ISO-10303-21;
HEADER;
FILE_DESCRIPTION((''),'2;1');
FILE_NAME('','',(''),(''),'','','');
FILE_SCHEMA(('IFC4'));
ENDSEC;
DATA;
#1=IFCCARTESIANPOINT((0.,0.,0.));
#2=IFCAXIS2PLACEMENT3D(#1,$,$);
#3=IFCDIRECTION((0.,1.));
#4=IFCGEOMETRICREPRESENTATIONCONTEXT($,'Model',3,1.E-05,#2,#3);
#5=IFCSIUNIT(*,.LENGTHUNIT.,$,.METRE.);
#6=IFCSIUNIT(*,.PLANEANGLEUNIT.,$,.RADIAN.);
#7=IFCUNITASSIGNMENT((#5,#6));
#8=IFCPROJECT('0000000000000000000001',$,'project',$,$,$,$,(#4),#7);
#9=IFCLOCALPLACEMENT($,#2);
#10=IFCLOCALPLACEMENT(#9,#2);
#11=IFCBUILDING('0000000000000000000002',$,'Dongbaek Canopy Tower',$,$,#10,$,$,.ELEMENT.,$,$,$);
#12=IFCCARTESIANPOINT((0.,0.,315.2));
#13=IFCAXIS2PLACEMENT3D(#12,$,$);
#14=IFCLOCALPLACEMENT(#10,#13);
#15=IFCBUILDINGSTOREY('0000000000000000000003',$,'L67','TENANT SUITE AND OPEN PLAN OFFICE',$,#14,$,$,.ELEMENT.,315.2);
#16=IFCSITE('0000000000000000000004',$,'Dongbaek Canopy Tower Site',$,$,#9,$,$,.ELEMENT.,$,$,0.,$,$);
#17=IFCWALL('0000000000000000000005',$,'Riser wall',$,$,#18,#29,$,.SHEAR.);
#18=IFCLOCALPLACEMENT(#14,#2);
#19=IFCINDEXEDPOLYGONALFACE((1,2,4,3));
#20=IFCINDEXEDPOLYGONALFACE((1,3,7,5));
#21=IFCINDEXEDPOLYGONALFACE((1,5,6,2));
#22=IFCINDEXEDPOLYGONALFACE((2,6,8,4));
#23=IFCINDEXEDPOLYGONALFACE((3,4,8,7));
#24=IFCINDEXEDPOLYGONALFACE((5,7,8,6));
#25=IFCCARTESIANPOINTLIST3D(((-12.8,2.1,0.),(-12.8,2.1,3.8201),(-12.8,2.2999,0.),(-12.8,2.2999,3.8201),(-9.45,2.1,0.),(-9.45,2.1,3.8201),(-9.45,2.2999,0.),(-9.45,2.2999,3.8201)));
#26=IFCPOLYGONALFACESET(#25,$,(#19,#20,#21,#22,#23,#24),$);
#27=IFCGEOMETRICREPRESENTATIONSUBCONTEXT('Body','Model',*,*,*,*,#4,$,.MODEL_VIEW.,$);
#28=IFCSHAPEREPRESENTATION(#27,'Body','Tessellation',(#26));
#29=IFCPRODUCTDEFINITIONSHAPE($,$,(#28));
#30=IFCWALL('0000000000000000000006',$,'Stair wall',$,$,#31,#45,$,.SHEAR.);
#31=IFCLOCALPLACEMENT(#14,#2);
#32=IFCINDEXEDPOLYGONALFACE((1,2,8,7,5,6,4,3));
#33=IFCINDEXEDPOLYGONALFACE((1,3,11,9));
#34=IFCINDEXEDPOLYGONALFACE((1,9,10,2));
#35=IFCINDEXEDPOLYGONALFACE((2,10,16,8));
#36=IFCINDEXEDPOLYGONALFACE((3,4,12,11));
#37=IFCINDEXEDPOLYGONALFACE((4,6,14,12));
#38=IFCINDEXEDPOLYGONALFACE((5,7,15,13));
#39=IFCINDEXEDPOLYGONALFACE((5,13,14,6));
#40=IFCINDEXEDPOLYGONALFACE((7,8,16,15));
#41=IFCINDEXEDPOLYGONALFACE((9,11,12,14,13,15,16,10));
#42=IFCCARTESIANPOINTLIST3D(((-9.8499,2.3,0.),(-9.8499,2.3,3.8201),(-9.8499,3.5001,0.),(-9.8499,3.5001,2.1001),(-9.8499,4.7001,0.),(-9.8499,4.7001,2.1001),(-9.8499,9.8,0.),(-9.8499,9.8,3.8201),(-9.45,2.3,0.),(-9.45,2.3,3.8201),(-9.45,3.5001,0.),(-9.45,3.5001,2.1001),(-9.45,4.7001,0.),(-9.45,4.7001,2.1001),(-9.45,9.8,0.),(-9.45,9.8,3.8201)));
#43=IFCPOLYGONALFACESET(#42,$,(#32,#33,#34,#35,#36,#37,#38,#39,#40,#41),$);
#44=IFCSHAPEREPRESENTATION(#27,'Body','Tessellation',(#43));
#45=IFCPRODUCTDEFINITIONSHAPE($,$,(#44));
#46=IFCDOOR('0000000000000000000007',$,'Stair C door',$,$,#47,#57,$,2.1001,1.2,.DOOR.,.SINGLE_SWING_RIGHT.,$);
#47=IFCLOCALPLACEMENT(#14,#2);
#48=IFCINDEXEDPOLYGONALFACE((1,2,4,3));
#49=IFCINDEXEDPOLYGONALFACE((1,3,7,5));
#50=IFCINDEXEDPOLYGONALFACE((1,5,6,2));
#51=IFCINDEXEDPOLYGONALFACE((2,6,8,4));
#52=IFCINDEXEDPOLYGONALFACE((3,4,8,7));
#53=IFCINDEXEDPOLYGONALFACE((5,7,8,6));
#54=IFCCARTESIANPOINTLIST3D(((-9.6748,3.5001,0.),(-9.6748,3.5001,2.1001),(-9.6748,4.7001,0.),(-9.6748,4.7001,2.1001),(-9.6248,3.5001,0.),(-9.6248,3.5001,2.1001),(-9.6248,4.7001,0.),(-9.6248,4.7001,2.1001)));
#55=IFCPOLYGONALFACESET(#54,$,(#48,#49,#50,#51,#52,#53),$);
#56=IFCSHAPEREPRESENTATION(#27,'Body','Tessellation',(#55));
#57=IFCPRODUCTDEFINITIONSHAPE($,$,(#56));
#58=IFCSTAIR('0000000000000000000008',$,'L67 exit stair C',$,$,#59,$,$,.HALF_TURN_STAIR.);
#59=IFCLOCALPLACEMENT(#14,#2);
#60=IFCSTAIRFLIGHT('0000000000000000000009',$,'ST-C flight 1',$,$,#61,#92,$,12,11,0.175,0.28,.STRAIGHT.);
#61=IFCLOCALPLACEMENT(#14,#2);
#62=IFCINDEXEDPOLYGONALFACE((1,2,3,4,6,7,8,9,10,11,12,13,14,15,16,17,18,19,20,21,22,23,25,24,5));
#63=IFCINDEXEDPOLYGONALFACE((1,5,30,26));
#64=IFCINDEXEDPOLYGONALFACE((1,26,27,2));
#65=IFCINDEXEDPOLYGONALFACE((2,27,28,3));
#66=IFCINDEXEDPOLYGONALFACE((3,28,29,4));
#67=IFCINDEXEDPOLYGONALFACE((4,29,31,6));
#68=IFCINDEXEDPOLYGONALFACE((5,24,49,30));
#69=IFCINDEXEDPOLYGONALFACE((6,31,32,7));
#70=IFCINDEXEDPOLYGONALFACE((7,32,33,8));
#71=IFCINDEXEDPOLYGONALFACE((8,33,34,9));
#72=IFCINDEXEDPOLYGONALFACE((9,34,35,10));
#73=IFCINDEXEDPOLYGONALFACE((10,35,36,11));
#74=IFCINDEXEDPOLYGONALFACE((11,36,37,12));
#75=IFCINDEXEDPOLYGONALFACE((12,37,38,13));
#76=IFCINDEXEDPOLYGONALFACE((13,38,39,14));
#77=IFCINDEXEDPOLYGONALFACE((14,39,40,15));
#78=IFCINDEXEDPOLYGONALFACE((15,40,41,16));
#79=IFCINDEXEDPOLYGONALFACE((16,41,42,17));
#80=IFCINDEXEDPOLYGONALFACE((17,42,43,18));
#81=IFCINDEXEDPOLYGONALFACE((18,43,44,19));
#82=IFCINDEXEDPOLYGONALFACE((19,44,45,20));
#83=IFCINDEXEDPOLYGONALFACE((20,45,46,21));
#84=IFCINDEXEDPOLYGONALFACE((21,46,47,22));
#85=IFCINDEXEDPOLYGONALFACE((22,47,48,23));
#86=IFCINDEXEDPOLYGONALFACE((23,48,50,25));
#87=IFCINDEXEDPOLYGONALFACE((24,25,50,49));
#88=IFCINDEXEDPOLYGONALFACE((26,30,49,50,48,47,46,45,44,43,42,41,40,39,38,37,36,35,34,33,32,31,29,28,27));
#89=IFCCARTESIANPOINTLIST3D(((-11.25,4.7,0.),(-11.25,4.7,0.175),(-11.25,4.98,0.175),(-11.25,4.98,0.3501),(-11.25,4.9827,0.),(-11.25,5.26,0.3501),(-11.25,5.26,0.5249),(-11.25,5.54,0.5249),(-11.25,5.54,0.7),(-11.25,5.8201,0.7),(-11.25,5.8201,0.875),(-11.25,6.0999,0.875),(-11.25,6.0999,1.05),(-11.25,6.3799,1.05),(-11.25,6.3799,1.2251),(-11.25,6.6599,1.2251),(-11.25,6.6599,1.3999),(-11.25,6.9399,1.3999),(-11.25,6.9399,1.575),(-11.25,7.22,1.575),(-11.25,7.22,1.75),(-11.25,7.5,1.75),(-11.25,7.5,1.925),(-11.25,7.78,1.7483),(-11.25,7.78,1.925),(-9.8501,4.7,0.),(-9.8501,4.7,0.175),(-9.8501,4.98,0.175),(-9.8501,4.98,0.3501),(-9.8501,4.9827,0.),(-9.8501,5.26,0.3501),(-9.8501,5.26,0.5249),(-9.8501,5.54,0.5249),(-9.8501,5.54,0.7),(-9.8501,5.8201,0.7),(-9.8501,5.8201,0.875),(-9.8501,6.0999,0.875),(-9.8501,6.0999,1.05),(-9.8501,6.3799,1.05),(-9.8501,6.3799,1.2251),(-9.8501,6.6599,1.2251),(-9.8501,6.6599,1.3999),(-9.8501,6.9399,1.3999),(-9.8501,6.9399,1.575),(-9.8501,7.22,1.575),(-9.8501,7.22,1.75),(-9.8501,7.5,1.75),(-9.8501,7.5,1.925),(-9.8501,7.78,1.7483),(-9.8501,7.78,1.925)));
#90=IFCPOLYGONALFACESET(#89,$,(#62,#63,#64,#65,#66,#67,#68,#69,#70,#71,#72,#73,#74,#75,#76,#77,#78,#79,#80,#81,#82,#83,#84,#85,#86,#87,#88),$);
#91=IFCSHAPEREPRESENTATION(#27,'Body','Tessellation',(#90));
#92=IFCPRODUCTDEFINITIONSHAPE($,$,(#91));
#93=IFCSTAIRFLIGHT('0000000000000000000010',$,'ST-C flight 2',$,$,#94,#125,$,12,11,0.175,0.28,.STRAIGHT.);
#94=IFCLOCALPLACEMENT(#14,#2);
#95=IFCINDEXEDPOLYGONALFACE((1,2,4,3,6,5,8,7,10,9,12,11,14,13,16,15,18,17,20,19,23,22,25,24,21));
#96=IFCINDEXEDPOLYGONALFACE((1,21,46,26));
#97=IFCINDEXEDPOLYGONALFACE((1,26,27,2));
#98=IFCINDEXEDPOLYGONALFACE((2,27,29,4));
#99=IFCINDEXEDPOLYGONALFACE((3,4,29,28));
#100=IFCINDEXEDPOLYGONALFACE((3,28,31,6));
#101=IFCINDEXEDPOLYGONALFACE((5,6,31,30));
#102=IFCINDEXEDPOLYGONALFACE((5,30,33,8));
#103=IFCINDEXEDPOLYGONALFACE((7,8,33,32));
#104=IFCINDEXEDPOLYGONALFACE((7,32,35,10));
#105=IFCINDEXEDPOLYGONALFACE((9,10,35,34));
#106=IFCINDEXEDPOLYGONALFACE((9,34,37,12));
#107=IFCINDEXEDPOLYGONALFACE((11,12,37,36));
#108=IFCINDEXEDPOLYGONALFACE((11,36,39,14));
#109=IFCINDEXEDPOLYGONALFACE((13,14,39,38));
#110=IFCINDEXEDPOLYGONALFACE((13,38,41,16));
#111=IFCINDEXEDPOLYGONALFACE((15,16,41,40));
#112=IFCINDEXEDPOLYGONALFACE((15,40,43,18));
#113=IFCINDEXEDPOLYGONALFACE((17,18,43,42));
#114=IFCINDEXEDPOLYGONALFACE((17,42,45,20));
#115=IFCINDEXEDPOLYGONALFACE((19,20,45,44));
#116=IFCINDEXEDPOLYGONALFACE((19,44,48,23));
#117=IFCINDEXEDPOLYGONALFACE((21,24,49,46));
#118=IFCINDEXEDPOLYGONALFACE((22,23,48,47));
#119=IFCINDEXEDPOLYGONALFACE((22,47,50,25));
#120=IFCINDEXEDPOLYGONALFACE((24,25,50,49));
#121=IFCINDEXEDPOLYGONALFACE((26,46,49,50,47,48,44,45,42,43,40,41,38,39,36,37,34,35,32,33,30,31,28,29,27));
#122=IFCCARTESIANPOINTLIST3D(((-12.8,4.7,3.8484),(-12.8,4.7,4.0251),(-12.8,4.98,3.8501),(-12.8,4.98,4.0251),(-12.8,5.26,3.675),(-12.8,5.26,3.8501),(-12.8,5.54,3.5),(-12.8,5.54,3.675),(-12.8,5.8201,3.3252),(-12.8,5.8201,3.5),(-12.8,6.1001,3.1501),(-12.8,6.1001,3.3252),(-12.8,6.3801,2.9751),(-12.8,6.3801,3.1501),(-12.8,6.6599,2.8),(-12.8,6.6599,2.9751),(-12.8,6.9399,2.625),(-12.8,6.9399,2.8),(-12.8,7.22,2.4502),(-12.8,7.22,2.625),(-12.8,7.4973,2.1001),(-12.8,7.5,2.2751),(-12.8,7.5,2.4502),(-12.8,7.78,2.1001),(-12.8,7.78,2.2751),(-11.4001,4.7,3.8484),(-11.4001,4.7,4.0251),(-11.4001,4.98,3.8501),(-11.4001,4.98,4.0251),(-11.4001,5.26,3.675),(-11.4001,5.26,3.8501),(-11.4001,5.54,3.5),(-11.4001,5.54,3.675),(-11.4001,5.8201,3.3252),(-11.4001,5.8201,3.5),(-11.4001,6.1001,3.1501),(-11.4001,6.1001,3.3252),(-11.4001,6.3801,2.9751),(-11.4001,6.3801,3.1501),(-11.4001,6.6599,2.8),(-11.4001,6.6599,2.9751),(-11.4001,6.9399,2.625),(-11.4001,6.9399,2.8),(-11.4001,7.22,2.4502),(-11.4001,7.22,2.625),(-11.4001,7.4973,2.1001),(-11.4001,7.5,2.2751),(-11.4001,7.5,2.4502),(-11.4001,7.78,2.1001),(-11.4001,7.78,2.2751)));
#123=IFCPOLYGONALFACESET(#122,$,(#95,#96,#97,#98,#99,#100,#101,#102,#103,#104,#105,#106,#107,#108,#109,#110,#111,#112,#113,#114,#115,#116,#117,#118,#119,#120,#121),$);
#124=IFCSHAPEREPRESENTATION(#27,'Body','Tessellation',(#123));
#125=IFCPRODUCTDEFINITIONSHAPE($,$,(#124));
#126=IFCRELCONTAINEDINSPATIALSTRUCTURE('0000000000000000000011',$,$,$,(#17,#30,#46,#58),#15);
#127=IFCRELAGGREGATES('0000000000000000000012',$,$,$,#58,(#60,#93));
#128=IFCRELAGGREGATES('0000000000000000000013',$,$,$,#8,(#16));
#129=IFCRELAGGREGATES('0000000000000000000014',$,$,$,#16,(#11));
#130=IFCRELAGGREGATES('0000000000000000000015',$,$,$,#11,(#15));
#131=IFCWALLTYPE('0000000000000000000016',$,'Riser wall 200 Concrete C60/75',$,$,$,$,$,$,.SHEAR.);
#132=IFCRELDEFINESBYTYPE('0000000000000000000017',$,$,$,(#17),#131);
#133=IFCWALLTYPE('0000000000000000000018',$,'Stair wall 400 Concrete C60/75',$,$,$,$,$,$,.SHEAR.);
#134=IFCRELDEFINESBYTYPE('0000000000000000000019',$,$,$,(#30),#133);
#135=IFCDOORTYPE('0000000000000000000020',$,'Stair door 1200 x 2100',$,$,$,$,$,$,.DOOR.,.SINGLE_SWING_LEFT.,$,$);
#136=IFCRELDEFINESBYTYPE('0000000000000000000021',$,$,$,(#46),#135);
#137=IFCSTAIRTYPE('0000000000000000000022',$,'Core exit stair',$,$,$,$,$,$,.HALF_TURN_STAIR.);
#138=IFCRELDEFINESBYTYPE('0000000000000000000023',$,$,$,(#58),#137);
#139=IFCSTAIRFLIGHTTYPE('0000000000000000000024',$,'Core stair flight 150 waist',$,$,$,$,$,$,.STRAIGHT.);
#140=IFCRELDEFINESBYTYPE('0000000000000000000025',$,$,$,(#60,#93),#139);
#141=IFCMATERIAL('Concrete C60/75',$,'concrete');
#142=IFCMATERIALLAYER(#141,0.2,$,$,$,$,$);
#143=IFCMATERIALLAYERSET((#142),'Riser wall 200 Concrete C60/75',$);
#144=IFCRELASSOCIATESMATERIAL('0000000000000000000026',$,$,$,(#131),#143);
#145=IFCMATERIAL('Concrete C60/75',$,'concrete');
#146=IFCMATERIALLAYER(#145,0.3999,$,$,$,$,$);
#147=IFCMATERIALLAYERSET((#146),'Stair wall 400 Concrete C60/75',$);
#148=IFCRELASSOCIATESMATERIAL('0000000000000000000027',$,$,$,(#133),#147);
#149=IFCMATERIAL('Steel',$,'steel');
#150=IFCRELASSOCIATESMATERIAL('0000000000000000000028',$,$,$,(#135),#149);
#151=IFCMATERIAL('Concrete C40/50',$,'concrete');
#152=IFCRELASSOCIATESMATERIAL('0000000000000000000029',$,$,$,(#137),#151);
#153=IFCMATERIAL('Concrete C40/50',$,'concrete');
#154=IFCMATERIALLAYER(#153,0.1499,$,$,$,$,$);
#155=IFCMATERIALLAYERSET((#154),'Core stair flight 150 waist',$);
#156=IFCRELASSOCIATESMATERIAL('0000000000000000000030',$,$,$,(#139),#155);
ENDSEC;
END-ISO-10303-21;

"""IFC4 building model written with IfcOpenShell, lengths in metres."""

from ifc_helpers import new_model, si_unit, direction, frame, frame_2d, origin, place, context, subcontext, project, spatial, polyline, rectangle, outline, extrude, material, layer, layer_set, type_object, element, fill, aggregate, save


model = new_model("IFC4")

# Units and contexts
model_context = context("Model", 3, precision=1e-05, world=origin(), true_north=direction((0.0, 1.0)))
body_context = subcontext(model_context, "Body", "Model", "MODEL_VIEW")
ifc_project = project(units=[si_unit("LENGTHUNIT", "METRE"), si_unit("PLANEANGLEUNIT", "RADIAN")], contexts=[model_context])

# Site, building, storey
site_placement = place(None, origin())
site = spatial("IfcSite", under=ifc_project, at=site_placement, Name="Dongbaek Canopy Tower Site", CompositionType="ELEMENT", RefElevation=0.0)
building_placement = place(site_placement, origin())
building = spatial("IfcBuilding", under=site, at=building_placement, Name="Dongbaek Canopy Tower", CompositionType="ELEMENT")
storey_placement = place(building_placement, frame((0.0, 0.0, 315.2)))
storey = spatial("IfcBuildingStorey", under=building, at=storey_placement, Name="L67", Description="TENANT SUITE AND OPEN PLAN OFFICE", CompositionType="ELEMENT", Elevation=315.2)

# Wall
ifc_material_1 = material(Name="Concrete C60/75", Category="concrete")
ifc_layer_1 = layer(ifc_material_1, 0.2)
ifc_layer_set_1 = layer_set([ifc_layer_1], Name="Riser wall 200 Concrete C60/75")
wall_type_1 = type_object("IfcWallType", Name="Riser wall 200 Concrete C60/75", PredefinedType="SHEAR", material=ifc_layer_set_1)
wall_1_placement = place(storey_placement, frame((-9.45, 2.2, 0.0), z_axis=(0.0, 0.0, 1.0), x_axis=(-1.0, 0.0, 0.0)))
element("IfcWall", 1, at=wall_1_placement, inside=storey, type_object=wall_type_1, Name="Riser wall", PredefinedType="SHEAR", context=body_context, shape_type="SweptSolid", body=[
    extrude(rectangle(XDim=3.3501, YDim=0.2, at=frame_2d((1.675, 0.0))), origin(), (0.0, 0.0, 1.0), 3.8201),
])

# Wall, opening, door
ifc_material_2 = material(Name="Concrete C60/75", Category="concrete")
ifc_layer_2 = layer(ifc_material_2, 0.3999)
ifc_layer_set_2 = layer_set([ifc_layer_2], Name="Stair wall 400 Concrete C60/75")
wall_type_2 = type_object("IfcWallType", Name="Stair wall 400 Concrete C60/75", PredefinedType="SHEAR", material=ifc_layer_set_2)
wall_2_placement = place(storey_placement, frame((-9.6499, 2.3, 0.0), z_axis=(0.0, 0.0, 1.0), x_axis=(0.0, 1.0, 0.0)))
wall_2 = element("IfcWall", 2, at=wall_2_placement, inside=storey, type_object=wall_type_2, Name="Stair wall", PredefinedType="SHEAR", context=body_context, shape_type="SweptSolid", body=[
    extrude(rectangle(XDim=7.5, YDim=0.3999, at=frame_2d((3.75, 0.0))), origin(), (0.0, 0.0, 1.0), 3.8201),
])
opening_1_placement = place(wall_2_placement, frame((1.2, 0.0, 0.0)))
opening_1 = element("IfcOpeningElement", 3, at=opening_1_placement, cuts=wall_2, PredefinedType="OPENING", context=body_context, shape_type="SweptSolid", body=[
    extrude(rectangle(XDim=1.2, YDim=2.1001, at=frame_2d((0.6001, 1.05))), frame((0.0, 0.21, 0.0), z_axis=(0.0, -1.0, 0.0), x_axis=(1.0, 0.0, 0.0)), (0.0, 0.0, 1.0), 0.4199),
])
ifc_material_3 = material(Name="Steel", Category="steel")
door_type_1 = type_object("IfcDoorType", Name="Stair door 1200 x 2100", OperationType="SINGLE_SWING_LEFT", PredefinedType="DOOR", material=ifc_material_3)
door_1_placement = place(opening_1_placement, origin())
door_1 = element("IfcDoor", 4, at=door_1_placement, inside=storey, type_object=door_type_1, Name="Stair C door", OperationType="SINGLE_SWING_RIGHT", OverallHeight=2.1001, OverallWidth=1.2, PredefinedType="DOOR", context=body_context, shape_type="SweptSolid", body=[
    extrude(rectangle(XDim=1.2, YDim=2.1001, at=frame_2d((0.6001, 1.05))), frame((0.0, 0.0249, 0.0), z_axis=(0.0, -1.0, 0.0), x_axis=(1.0, 0.0, 0.0)), (0.0, 0.0, 1.0), 0.05),
])
fill(opening_1, door_1)

# Stair, stair flights
ifc_material_4 = material(Name="Concrete C40/50", Category="concrete")
stair_type = type_object("IfcStairType", Name="Core exit stair", PredefinedType="HALF_TURN_STAIR", material=ifc_material_4)
stair_placement = place(storey_placement, origin())
stair = element("IfcStair", 5, at=stair_placement, inside=storey, type_object=stair_type, Name="L67 exit stair C", PredefinedType="HALF_TURN_STAIR")
ifc_material_5 = material(Name="Concrete C40/50", Category="concrete")
ifc_layer_3 = layer(ifc_material_5, 0.1499)
ifc_layer_set_3 = layer_set([ifc_layer_3], Name="Core stair flight 150 waist")
stair_flight_type = type_object("IfcStairFlightType", Name="Core stair flight 150 waist", PredefinedType="STRAIGHT", material=ifc_layer_set_3)
stair_flight_1_placement = place(storey_placement, frame((-10.55, 4.7, 0.0), z_axis=(0.0, 0.0, 1.0), x_axis=(0.0, 1.0, 0.0)))
stair_flight_1 = element("IfcStairFlight", 6, at=stair_flight_1_placement, type_object=stair_flight_type, Name="ST-C flight 1", NumberOfRisers=12, NumberOfTreads=11, PredefinedType="STRAIGHT", RiserHeight=0.175, TreadLength=0.28, context=body_context, shape_type="SweptSolid", body=[
    extrude(outline(polyline([(0.0, 0.0), (0.0, 0.175), (0.28, 0.175), (0.28, 0.3501), (0.5601, 0.3501), (0.5601, 0.5249), (0.8401, 0.5249), (0.8401, 0.7), (1.1201, 0.7), (1.1201, 0.875), (1.3999, 0.875), (1.3999, 1.05), (1.6799, 1.05), (1.6799, 1.2251), (1.96, 1.2251), (1.96, 1.3999), (2.24, 1.3999), (2.24, 1.575), (2.52, 1.575), (2.52, 1.75), (2.8, 1.75), (2.8, 1.925), (3.0801, 1.925), (3.0801, 2.1001), (3.0801, 1.7483), (0.2827, 0.0), (0.0, 0.0)])), frame((0.0, 0.7, 0.0), z_axis=(0.0, -1.0, 0.0), x_axis=(1.0, 0.0, 0.0)), (0.0, 0.0, 1.0), 1.3999),
])
stair_flight_2_placement = place(storey_placement, frame((-12.1001, 7.78, 2.1001), z_axis=(0.0, 0.0, 1.0), x_axis=(0.0, -1.0, 0.0)))
stair_flight_2 = element("IfcStairFlight", 7, at=stair_flight_2_placement, type_object=stair_flight_type, Name="ST-C flight 2", NumberOfRisers=12, NumberOfTreads=11, PredefinedType="STRAIGHT", RiserHeight=0.175, TreadLength=0.28, context=body_context, shape_type="SweptSolid", body=[
    extrude(outline(polyline([(0.0, 0.0), (0.0, 0.175), (0.28, 0.175), (0.28, 0.3501), (0.5601, 0.3501), (0.5601, 0.5249), (0.8401, 0.5249), (0.8401, 0.7), (1.1201, 0.7), (1.1201, 0.875), (1.3999, 0.875), (1.3999, 1.05), (1.6799, 1.05), (1.6799, 1.2251), (1.96, 1.2251), (1.96, 1.3999), (2.24, 1.3999), (2.24, 1.575), (2.52, 1.575), (2.52, 1.75), (2.8, 1.75), (2.8, 1.925), (3.0801, 1.925), (3.0801, 2.1001), (3.0801, 1.7483), (0.2827, 0.0), (0.0, 0.0)])), frame((0.0, 0.7, 0.0), z_axis=(0.0, -1.0, 0.0), x_axis=(1.0, 0.0, 0.0)), (0.0, 0.0, 1.0), 1.3999),
])
aggregate(stair, [stair_flight_1, stair_flight_2])

save(model, "model.ifc")
